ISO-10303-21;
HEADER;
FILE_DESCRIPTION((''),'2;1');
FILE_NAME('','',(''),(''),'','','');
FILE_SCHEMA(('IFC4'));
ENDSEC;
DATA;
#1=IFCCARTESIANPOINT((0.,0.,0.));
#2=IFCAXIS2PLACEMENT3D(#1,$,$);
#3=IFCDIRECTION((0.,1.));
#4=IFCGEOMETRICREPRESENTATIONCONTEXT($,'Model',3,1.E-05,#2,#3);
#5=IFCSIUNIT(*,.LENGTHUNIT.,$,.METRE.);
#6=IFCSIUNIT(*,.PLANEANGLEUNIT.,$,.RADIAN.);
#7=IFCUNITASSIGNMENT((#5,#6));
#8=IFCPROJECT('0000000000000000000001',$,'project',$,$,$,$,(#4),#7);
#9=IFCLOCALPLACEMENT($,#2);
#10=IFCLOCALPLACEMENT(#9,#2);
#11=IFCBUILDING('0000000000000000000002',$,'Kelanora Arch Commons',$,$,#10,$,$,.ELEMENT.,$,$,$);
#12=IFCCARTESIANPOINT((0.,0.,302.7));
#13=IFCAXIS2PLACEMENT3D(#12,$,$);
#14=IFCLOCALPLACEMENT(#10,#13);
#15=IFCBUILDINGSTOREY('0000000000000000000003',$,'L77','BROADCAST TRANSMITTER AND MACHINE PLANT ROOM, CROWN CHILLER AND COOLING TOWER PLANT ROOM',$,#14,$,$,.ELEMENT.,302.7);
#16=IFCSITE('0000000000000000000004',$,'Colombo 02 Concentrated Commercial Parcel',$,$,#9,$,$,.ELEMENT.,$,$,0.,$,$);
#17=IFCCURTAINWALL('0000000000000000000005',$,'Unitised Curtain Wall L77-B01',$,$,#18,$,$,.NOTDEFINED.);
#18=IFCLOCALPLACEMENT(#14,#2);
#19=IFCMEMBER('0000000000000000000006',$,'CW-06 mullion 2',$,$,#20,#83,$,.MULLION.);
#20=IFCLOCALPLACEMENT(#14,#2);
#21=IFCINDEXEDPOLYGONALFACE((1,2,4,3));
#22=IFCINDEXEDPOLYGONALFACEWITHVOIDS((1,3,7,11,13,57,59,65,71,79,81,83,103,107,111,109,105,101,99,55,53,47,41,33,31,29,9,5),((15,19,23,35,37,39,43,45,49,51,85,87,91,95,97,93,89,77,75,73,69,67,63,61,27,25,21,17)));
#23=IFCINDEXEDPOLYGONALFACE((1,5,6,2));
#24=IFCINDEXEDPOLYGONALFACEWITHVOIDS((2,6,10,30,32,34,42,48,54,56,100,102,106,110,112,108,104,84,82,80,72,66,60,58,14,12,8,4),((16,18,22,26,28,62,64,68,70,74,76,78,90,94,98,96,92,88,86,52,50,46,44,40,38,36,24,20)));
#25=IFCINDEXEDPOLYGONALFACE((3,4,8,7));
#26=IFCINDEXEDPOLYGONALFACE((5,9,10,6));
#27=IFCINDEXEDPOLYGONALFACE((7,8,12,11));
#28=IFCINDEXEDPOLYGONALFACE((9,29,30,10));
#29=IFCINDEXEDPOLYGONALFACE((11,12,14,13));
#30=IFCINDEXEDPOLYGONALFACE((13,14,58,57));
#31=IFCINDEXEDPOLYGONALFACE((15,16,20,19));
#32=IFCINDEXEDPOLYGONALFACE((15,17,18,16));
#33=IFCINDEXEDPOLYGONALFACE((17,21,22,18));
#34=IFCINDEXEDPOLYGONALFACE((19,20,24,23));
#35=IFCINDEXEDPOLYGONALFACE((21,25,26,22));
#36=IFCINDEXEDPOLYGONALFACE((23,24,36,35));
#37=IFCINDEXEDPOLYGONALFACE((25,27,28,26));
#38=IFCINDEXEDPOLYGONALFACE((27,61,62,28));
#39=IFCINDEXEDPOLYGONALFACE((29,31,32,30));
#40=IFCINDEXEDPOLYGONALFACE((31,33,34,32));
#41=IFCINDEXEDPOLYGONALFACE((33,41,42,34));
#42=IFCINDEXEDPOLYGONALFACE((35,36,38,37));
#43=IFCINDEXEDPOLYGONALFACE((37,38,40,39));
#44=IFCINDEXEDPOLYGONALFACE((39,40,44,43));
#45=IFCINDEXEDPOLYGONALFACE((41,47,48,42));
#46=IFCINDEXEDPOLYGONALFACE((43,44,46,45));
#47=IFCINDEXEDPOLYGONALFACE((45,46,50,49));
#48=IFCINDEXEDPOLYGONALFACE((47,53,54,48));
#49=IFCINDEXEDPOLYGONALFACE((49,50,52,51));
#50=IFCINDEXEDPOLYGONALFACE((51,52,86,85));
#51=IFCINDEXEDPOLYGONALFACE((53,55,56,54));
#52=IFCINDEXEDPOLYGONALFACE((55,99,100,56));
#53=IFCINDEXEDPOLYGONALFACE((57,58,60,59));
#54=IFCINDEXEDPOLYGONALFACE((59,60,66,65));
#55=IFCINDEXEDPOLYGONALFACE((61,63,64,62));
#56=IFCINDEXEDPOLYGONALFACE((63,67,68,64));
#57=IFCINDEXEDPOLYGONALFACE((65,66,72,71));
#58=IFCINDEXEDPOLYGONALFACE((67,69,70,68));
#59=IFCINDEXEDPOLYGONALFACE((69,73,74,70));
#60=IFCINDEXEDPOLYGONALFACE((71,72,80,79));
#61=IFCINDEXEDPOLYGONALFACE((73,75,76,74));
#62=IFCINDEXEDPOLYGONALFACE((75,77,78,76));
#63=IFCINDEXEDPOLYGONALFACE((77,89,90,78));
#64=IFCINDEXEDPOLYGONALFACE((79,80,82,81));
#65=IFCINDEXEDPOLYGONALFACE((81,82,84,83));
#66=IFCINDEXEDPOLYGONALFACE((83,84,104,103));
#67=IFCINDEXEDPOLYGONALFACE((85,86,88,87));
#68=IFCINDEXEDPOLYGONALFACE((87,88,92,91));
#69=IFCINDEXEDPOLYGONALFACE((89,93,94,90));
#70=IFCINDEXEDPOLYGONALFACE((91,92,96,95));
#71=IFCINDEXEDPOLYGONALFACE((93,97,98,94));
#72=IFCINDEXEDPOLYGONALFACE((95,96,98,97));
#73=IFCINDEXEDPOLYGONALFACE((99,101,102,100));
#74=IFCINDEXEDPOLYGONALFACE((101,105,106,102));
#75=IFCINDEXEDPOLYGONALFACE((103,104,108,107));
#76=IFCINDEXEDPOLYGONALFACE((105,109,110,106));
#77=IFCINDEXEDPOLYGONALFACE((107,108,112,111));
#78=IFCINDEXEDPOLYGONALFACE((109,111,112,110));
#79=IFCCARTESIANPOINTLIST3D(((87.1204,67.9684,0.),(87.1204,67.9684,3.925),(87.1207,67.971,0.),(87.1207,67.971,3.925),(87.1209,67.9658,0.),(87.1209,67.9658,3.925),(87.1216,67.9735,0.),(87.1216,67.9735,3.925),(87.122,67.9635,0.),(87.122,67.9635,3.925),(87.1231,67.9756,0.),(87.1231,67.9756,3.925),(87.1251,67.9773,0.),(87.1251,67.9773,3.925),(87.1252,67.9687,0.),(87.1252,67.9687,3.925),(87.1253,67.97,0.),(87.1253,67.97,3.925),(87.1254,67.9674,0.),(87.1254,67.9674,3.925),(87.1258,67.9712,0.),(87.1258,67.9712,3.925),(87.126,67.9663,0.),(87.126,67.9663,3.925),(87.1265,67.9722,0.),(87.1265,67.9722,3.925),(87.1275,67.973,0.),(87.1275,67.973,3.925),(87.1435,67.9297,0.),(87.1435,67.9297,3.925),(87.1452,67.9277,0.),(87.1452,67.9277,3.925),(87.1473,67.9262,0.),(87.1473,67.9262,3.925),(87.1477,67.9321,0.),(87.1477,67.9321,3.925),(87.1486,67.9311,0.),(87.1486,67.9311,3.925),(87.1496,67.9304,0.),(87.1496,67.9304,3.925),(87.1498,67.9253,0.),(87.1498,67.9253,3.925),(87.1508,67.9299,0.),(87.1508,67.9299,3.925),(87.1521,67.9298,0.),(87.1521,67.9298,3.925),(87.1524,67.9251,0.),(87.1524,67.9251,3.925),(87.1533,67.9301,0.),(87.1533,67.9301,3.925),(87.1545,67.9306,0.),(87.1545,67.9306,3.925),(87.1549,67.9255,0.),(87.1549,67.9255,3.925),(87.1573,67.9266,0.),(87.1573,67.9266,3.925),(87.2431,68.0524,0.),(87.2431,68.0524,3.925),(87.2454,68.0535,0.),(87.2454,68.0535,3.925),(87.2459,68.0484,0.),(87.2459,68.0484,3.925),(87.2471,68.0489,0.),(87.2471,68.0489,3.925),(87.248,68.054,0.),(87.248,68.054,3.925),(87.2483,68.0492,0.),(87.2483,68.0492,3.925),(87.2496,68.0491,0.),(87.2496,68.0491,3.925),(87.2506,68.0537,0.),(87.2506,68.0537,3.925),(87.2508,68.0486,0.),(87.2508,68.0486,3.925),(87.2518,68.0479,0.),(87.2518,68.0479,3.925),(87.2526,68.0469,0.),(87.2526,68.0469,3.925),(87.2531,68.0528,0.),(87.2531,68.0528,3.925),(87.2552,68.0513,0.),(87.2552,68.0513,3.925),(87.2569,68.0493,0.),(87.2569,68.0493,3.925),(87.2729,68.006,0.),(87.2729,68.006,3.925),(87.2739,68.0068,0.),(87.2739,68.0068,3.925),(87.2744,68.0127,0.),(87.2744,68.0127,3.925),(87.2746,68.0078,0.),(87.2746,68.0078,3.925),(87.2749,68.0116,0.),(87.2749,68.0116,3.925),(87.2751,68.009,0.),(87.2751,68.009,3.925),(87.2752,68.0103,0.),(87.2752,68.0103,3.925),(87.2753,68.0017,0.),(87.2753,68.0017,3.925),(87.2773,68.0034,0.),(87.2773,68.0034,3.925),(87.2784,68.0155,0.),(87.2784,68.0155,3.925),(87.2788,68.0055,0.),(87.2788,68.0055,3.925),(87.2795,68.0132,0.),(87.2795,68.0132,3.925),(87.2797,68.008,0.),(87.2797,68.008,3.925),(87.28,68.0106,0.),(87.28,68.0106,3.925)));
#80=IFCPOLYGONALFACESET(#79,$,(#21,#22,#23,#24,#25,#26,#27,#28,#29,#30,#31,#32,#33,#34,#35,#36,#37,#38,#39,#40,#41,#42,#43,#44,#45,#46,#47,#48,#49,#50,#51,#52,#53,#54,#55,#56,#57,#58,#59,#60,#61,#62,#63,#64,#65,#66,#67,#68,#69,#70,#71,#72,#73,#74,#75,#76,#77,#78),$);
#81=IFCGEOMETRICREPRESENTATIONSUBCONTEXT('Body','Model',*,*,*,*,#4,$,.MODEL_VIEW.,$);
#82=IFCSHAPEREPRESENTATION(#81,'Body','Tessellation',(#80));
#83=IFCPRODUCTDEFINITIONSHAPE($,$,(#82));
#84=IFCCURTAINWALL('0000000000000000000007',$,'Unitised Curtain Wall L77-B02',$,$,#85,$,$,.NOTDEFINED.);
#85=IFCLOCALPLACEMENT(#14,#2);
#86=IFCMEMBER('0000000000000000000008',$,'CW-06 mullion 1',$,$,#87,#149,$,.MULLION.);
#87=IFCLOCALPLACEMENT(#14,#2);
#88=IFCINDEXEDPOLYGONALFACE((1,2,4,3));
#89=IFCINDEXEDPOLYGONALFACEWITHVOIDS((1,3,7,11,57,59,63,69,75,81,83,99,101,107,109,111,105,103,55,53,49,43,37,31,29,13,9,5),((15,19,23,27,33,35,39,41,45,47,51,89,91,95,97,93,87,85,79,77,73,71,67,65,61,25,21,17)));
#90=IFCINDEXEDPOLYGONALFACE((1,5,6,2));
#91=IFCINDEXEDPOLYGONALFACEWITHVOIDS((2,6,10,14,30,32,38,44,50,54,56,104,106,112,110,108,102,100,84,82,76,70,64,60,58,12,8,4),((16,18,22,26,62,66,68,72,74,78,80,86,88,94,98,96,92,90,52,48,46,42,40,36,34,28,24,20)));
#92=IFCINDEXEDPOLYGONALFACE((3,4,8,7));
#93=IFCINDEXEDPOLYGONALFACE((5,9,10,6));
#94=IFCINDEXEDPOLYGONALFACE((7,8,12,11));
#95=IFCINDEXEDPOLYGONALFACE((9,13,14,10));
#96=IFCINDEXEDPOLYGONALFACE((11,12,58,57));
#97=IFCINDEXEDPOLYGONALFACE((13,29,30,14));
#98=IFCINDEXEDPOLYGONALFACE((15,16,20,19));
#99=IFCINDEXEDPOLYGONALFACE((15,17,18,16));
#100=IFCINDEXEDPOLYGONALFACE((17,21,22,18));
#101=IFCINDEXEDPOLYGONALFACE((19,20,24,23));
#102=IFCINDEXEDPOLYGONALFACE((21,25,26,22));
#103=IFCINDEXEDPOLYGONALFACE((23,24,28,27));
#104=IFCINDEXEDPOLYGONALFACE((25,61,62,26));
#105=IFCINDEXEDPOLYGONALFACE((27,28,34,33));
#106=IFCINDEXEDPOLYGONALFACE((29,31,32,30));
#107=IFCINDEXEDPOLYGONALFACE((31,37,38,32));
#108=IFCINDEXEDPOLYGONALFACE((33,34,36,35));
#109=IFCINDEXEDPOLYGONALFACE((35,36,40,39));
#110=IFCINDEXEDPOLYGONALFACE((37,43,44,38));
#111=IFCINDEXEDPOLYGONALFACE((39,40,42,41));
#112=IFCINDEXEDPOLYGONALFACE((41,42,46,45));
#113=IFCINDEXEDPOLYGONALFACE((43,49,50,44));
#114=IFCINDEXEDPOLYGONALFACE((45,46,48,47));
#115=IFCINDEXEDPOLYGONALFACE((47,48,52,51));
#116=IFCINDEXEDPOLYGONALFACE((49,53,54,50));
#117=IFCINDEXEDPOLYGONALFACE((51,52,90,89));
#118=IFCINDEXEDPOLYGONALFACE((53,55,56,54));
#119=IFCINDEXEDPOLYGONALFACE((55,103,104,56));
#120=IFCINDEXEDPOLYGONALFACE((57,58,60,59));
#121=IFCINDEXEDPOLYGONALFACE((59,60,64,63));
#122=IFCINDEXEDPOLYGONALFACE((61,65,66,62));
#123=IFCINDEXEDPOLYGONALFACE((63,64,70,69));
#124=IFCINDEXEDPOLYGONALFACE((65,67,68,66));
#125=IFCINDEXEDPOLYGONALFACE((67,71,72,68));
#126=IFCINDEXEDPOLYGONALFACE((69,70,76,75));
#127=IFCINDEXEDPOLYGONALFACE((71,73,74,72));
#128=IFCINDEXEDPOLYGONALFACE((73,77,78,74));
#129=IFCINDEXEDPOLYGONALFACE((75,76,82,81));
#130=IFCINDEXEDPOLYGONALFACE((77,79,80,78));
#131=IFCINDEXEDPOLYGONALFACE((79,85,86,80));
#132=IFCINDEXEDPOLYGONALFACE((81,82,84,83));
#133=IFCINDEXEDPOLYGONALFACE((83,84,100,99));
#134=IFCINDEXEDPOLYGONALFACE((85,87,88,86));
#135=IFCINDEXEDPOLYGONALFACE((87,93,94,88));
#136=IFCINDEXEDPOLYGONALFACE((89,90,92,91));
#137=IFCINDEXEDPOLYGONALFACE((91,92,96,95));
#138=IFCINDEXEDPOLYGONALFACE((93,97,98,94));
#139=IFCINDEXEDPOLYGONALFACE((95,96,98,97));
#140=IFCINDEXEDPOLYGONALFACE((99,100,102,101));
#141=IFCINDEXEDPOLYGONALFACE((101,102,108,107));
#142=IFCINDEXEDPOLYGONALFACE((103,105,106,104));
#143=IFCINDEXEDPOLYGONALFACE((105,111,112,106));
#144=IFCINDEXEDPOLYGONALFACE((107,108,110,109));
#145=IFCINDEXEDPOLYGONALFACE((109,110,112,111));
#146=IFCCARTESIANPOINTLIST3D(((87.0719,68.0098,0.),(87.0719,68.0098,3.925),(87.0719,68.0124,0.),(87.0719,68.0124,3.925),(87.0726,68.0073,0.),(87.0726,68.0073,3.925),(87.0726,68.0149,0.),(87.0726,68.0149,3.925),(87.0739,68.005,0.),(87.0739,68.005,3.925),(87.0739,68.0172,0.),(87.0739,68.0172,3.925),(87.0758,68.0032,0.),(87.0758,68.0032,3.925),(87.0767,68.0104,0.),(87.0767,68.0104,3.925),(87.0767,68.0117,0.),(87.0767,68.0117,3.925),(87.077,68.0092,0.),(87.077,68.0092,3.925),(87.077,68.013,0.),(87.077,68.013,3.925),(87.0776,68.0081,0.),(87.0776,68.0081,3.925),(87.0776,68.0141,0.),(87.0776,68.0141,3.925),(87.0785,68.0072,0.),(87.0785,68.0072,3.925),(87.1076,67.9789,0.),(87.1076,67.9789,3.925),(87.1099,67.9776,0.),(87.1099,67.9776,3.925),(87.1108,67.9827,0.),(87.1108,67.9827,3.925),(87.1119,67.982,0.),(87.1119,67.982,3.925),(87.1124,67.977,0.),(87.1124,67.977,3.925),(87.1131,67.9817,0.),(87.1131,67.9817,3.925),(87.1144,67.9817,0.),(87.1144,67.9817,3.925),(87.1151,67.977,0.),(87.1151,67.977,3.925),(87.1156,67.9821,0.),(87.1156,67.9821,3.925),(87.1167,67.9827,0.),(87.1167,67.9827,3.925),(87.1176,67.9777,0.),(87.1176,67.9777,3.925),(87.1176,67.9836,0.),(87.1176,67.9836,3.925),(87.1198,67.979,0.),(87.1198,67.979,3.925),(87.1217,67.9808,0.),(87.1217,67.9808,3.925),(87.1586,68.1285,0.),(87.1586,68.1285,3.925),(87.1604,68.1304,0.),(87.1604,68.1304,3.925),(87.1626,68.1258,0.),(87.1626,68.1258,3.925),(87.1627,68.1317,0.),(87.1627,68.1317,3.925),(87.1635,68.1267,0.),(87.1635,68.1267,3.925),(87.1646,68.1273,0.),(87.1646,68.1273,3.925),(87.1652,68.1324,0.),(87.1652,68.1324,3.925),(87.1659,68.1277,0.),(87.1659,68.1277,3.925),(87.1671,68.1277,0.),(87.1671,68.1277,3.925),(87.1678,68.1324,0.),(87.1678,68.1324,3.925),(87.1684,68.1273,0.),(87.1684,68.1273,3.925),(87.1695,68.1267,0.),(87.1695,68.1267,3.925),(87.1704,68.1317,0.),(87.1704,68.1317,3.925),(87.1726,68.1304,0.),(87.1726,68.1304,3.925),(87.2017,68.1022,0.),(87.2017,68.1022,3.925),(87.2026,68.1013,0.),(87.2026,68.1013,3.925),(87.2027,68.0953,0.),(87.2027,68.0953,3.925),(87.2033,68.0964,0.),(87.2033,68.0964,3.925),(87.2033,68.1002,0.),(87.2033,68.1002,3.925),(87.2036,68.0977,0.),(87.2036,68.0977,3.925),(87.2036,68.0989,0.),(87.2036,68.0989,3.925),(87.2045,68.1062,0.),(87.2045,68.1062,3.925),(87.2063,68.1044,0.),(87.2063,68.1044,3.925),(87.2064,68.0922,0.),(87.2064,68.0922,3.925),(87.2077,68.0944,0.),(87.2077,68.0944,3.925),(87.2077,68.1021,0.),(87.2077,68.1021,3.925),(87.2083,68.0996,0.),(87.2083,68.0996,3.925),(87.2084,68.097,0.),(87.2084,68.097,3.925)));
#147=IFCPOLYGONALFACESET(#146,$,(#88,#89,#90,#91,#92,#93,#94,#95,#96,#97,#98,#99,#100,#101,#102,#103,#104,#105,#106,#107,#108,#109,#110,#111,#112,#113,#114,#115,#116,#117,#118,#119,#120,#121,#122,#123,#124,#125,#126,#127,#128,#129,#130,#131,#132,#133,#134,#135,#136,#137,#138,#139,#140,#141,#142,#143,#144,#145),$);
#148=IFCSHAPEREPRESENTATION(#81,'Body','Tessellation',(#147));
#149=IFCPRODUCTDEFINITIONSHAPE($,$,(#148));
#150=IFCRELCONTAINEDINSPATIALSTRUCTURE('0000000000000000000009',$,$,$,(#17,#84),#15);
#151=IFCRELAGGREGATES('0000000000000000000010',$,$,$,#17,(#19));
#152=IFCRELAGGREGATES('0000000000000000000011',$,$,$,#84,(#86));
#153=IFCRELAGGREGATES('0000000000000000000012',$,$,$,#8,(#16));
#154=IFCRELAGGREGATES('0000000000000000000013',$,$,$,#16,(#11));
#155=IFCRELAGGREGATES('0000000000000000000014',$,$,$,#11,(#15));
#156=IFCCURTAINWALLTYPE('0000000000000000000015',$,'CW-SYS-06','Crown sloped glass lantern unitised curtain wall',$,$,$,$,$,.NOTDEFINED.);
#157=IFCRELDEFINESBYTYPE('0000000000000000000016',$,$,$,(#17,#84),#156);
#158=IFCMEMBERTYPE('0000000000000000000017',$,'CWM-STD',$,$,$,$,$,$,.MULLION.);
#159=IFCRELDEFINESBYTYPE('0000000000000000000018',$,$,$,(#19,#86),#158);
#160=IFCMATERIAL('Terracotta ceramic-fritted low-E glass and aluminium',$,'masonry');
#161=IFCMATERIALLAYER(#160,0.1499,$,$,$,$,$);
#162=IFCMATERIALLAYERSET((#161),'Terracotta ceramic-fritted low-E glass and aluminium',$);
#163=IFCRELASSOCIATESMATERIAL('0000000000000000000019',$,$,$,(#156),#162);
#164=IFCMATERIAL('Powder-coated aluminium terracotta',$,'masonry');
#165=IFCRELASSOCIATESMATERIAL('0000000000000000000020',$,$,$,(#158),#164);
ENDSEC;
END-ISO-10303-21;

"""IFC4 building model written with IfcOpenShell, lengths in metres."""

from ifc_helpers import new_model, si_unit, direction, frame, origin, origin_2d, place, context, subcontext, project, spatial, hollow_rectangle, extrude, material, layer, layer_set, material_profile, profile_set, type_object, element, aggregate, save


model = new_model("IFC4")

# Units and contexts
model_context = context("Model", 3, precision=1e-05, world=origin(), true_north=direction((0.0, 1.0)))
body_context = subcontext(model_context, "Body", "Model", "MODEL_VIEW")
ifc_project = project(units=[si_unit("LENGTHUNIT", "METRE"), si_unit("PLANEANGLEUNIT", "RADIAN")], contexts=[model_context])

# Site, building, storey
site_placement = place(None, origin())
site = spatial("IfcSite", under=ifc_project, at=site_placement, Name="Colombo 02 Concentrated Commercial Parcel", CompositionType="ELEMENT", RefElevation=0.0)
building_placement = place(site_placement, origin())
building = spatial("IfcBuilding", under=site, at=building_placement, Name="Kelanora Arch Commons", CompositionType="ELEMENT")
storey_placement = place(building_placement, frame((0.0, 0.0, 302.7)))
storey = spatial("IfcBuildingStorey", under=building, at=storey_placement, Name="L77", Description="BROADCAST TRANSMITTER AND MACHINE PLANT ROOM, CROWN CHILLER AND COOLING TOWER PLANT ROOM", CompositionType="ELEMENT", Elevation=302.7)

# Curtain wall, member
ifc_material_1 = material(Name="Terracotta ceramic-fritted low-E glass and aluminium", Category="masonry")
ifc_layer_1 = layer(ifc_material_1, 0.1499)
ifc_layer_set_1 = layer_set([ifc_layer_1], Name="Terracotta ceramic-fritted low-E glass and aluminium")
curtain_wall_type = type_object("IfcCurtainWallType", Name="CW-SYS-06", Description="Crown sloped glass lantern unitised curtain wall", PredefinedType="NOTDEFINED", material=ifc_layer_set_1)
curtain_wall_1_placement = place(storey_placement, origin())
curtain_wall_1 = element("IfcCurtainWall", 1, at=curtain_wall_1_placement, inside=storey, type_object=curtain_wall_type, Name="Unitised Curtain Wall L77-B01", PredefinedType="NOTDEFINED")
ifc_material_2 = material(Name="Powder-coated aluminium terracotta", Category="masonry")
ifc_material_profile_1 = material_profile(ifc_material_2, hollow_rectangle(XDim=0.1599, YDim=0.0601, WallThickness=0.0049, InnerFilletRadius=0.0049, OuterFilletRadius=0.01, at=origin_2d()), Name="CWM160x60")
ifc_profile_set_1 = profile_set([ifc_material_profile_1], Name="Powder-coated aluminium terracotta")
member_type_1 = type_object("IfcMemberType", Name="CWM-STD", PredefinedType="MULLION", material=ifc_profile_set_1)
member_1_placement = place(storey_placement, frame((87.2002, 67.9895, 0.0), z_axis=(0.0, 0.0, 1.0), x_axis=(-0.843592, -0.536984, 0.0)))
member_1 = element("IfcMember", 2, at=member_1_placement, type_object=member_type_1, Name="CW-06 mullion 2", PredefinedType="MULLION", context=body_context, shape_type="SweptSolid", body=[
    extrude(hollow_rectangle(XDim=0.1599, YDim=0.0601, WallThickness=0.0049, InnerFilletRadius=0.0049, OuterFilletRadius=0.01, at=origin_2d()), origin(), (0.0, 0.0, 1.0), 3.925),
])

# Curtain wall, member
curtain_wall_2_placement = place(storey_placement, origin())
curtain_wall_2 = element("IfcCurtainWall", 3, at=curtain_wall_2_placement, inside=storey, type_object=curtain_wall_type, Name="Unitised Curtain Wall L77-B02", PredefinedType="NOTDEFINED")
member_2_placement = place(storey_placement, frame((87.1401, 68.0547, 0.0), z_axis=(0.0, 0.0, 1.0), x_axis=(-0.605596, -0.795772, 0.0)))
member_2 = element("IfcMember", 4, at=member_2_placement, type_object=member_type_1, Name="CW-06 mullion 1", PredefinedType="MULLION", context=body_context, shape_type="SweptSolid", body=[
    extrude(hollow_rectangle(XDim=0.1599, YDim=0.0601, WallThickness=0.0049, InnerFilletRadius=0.0049, OuterFilletRadius=0.01, at=origin_2d()), origin(), (0.0, 0.0, 1.0), 3.925),
])

aggregate(curtain_wall_1, [member_1])
aggregate(curtain_wall_2, [member_2])

save(model, "model.ifc")
